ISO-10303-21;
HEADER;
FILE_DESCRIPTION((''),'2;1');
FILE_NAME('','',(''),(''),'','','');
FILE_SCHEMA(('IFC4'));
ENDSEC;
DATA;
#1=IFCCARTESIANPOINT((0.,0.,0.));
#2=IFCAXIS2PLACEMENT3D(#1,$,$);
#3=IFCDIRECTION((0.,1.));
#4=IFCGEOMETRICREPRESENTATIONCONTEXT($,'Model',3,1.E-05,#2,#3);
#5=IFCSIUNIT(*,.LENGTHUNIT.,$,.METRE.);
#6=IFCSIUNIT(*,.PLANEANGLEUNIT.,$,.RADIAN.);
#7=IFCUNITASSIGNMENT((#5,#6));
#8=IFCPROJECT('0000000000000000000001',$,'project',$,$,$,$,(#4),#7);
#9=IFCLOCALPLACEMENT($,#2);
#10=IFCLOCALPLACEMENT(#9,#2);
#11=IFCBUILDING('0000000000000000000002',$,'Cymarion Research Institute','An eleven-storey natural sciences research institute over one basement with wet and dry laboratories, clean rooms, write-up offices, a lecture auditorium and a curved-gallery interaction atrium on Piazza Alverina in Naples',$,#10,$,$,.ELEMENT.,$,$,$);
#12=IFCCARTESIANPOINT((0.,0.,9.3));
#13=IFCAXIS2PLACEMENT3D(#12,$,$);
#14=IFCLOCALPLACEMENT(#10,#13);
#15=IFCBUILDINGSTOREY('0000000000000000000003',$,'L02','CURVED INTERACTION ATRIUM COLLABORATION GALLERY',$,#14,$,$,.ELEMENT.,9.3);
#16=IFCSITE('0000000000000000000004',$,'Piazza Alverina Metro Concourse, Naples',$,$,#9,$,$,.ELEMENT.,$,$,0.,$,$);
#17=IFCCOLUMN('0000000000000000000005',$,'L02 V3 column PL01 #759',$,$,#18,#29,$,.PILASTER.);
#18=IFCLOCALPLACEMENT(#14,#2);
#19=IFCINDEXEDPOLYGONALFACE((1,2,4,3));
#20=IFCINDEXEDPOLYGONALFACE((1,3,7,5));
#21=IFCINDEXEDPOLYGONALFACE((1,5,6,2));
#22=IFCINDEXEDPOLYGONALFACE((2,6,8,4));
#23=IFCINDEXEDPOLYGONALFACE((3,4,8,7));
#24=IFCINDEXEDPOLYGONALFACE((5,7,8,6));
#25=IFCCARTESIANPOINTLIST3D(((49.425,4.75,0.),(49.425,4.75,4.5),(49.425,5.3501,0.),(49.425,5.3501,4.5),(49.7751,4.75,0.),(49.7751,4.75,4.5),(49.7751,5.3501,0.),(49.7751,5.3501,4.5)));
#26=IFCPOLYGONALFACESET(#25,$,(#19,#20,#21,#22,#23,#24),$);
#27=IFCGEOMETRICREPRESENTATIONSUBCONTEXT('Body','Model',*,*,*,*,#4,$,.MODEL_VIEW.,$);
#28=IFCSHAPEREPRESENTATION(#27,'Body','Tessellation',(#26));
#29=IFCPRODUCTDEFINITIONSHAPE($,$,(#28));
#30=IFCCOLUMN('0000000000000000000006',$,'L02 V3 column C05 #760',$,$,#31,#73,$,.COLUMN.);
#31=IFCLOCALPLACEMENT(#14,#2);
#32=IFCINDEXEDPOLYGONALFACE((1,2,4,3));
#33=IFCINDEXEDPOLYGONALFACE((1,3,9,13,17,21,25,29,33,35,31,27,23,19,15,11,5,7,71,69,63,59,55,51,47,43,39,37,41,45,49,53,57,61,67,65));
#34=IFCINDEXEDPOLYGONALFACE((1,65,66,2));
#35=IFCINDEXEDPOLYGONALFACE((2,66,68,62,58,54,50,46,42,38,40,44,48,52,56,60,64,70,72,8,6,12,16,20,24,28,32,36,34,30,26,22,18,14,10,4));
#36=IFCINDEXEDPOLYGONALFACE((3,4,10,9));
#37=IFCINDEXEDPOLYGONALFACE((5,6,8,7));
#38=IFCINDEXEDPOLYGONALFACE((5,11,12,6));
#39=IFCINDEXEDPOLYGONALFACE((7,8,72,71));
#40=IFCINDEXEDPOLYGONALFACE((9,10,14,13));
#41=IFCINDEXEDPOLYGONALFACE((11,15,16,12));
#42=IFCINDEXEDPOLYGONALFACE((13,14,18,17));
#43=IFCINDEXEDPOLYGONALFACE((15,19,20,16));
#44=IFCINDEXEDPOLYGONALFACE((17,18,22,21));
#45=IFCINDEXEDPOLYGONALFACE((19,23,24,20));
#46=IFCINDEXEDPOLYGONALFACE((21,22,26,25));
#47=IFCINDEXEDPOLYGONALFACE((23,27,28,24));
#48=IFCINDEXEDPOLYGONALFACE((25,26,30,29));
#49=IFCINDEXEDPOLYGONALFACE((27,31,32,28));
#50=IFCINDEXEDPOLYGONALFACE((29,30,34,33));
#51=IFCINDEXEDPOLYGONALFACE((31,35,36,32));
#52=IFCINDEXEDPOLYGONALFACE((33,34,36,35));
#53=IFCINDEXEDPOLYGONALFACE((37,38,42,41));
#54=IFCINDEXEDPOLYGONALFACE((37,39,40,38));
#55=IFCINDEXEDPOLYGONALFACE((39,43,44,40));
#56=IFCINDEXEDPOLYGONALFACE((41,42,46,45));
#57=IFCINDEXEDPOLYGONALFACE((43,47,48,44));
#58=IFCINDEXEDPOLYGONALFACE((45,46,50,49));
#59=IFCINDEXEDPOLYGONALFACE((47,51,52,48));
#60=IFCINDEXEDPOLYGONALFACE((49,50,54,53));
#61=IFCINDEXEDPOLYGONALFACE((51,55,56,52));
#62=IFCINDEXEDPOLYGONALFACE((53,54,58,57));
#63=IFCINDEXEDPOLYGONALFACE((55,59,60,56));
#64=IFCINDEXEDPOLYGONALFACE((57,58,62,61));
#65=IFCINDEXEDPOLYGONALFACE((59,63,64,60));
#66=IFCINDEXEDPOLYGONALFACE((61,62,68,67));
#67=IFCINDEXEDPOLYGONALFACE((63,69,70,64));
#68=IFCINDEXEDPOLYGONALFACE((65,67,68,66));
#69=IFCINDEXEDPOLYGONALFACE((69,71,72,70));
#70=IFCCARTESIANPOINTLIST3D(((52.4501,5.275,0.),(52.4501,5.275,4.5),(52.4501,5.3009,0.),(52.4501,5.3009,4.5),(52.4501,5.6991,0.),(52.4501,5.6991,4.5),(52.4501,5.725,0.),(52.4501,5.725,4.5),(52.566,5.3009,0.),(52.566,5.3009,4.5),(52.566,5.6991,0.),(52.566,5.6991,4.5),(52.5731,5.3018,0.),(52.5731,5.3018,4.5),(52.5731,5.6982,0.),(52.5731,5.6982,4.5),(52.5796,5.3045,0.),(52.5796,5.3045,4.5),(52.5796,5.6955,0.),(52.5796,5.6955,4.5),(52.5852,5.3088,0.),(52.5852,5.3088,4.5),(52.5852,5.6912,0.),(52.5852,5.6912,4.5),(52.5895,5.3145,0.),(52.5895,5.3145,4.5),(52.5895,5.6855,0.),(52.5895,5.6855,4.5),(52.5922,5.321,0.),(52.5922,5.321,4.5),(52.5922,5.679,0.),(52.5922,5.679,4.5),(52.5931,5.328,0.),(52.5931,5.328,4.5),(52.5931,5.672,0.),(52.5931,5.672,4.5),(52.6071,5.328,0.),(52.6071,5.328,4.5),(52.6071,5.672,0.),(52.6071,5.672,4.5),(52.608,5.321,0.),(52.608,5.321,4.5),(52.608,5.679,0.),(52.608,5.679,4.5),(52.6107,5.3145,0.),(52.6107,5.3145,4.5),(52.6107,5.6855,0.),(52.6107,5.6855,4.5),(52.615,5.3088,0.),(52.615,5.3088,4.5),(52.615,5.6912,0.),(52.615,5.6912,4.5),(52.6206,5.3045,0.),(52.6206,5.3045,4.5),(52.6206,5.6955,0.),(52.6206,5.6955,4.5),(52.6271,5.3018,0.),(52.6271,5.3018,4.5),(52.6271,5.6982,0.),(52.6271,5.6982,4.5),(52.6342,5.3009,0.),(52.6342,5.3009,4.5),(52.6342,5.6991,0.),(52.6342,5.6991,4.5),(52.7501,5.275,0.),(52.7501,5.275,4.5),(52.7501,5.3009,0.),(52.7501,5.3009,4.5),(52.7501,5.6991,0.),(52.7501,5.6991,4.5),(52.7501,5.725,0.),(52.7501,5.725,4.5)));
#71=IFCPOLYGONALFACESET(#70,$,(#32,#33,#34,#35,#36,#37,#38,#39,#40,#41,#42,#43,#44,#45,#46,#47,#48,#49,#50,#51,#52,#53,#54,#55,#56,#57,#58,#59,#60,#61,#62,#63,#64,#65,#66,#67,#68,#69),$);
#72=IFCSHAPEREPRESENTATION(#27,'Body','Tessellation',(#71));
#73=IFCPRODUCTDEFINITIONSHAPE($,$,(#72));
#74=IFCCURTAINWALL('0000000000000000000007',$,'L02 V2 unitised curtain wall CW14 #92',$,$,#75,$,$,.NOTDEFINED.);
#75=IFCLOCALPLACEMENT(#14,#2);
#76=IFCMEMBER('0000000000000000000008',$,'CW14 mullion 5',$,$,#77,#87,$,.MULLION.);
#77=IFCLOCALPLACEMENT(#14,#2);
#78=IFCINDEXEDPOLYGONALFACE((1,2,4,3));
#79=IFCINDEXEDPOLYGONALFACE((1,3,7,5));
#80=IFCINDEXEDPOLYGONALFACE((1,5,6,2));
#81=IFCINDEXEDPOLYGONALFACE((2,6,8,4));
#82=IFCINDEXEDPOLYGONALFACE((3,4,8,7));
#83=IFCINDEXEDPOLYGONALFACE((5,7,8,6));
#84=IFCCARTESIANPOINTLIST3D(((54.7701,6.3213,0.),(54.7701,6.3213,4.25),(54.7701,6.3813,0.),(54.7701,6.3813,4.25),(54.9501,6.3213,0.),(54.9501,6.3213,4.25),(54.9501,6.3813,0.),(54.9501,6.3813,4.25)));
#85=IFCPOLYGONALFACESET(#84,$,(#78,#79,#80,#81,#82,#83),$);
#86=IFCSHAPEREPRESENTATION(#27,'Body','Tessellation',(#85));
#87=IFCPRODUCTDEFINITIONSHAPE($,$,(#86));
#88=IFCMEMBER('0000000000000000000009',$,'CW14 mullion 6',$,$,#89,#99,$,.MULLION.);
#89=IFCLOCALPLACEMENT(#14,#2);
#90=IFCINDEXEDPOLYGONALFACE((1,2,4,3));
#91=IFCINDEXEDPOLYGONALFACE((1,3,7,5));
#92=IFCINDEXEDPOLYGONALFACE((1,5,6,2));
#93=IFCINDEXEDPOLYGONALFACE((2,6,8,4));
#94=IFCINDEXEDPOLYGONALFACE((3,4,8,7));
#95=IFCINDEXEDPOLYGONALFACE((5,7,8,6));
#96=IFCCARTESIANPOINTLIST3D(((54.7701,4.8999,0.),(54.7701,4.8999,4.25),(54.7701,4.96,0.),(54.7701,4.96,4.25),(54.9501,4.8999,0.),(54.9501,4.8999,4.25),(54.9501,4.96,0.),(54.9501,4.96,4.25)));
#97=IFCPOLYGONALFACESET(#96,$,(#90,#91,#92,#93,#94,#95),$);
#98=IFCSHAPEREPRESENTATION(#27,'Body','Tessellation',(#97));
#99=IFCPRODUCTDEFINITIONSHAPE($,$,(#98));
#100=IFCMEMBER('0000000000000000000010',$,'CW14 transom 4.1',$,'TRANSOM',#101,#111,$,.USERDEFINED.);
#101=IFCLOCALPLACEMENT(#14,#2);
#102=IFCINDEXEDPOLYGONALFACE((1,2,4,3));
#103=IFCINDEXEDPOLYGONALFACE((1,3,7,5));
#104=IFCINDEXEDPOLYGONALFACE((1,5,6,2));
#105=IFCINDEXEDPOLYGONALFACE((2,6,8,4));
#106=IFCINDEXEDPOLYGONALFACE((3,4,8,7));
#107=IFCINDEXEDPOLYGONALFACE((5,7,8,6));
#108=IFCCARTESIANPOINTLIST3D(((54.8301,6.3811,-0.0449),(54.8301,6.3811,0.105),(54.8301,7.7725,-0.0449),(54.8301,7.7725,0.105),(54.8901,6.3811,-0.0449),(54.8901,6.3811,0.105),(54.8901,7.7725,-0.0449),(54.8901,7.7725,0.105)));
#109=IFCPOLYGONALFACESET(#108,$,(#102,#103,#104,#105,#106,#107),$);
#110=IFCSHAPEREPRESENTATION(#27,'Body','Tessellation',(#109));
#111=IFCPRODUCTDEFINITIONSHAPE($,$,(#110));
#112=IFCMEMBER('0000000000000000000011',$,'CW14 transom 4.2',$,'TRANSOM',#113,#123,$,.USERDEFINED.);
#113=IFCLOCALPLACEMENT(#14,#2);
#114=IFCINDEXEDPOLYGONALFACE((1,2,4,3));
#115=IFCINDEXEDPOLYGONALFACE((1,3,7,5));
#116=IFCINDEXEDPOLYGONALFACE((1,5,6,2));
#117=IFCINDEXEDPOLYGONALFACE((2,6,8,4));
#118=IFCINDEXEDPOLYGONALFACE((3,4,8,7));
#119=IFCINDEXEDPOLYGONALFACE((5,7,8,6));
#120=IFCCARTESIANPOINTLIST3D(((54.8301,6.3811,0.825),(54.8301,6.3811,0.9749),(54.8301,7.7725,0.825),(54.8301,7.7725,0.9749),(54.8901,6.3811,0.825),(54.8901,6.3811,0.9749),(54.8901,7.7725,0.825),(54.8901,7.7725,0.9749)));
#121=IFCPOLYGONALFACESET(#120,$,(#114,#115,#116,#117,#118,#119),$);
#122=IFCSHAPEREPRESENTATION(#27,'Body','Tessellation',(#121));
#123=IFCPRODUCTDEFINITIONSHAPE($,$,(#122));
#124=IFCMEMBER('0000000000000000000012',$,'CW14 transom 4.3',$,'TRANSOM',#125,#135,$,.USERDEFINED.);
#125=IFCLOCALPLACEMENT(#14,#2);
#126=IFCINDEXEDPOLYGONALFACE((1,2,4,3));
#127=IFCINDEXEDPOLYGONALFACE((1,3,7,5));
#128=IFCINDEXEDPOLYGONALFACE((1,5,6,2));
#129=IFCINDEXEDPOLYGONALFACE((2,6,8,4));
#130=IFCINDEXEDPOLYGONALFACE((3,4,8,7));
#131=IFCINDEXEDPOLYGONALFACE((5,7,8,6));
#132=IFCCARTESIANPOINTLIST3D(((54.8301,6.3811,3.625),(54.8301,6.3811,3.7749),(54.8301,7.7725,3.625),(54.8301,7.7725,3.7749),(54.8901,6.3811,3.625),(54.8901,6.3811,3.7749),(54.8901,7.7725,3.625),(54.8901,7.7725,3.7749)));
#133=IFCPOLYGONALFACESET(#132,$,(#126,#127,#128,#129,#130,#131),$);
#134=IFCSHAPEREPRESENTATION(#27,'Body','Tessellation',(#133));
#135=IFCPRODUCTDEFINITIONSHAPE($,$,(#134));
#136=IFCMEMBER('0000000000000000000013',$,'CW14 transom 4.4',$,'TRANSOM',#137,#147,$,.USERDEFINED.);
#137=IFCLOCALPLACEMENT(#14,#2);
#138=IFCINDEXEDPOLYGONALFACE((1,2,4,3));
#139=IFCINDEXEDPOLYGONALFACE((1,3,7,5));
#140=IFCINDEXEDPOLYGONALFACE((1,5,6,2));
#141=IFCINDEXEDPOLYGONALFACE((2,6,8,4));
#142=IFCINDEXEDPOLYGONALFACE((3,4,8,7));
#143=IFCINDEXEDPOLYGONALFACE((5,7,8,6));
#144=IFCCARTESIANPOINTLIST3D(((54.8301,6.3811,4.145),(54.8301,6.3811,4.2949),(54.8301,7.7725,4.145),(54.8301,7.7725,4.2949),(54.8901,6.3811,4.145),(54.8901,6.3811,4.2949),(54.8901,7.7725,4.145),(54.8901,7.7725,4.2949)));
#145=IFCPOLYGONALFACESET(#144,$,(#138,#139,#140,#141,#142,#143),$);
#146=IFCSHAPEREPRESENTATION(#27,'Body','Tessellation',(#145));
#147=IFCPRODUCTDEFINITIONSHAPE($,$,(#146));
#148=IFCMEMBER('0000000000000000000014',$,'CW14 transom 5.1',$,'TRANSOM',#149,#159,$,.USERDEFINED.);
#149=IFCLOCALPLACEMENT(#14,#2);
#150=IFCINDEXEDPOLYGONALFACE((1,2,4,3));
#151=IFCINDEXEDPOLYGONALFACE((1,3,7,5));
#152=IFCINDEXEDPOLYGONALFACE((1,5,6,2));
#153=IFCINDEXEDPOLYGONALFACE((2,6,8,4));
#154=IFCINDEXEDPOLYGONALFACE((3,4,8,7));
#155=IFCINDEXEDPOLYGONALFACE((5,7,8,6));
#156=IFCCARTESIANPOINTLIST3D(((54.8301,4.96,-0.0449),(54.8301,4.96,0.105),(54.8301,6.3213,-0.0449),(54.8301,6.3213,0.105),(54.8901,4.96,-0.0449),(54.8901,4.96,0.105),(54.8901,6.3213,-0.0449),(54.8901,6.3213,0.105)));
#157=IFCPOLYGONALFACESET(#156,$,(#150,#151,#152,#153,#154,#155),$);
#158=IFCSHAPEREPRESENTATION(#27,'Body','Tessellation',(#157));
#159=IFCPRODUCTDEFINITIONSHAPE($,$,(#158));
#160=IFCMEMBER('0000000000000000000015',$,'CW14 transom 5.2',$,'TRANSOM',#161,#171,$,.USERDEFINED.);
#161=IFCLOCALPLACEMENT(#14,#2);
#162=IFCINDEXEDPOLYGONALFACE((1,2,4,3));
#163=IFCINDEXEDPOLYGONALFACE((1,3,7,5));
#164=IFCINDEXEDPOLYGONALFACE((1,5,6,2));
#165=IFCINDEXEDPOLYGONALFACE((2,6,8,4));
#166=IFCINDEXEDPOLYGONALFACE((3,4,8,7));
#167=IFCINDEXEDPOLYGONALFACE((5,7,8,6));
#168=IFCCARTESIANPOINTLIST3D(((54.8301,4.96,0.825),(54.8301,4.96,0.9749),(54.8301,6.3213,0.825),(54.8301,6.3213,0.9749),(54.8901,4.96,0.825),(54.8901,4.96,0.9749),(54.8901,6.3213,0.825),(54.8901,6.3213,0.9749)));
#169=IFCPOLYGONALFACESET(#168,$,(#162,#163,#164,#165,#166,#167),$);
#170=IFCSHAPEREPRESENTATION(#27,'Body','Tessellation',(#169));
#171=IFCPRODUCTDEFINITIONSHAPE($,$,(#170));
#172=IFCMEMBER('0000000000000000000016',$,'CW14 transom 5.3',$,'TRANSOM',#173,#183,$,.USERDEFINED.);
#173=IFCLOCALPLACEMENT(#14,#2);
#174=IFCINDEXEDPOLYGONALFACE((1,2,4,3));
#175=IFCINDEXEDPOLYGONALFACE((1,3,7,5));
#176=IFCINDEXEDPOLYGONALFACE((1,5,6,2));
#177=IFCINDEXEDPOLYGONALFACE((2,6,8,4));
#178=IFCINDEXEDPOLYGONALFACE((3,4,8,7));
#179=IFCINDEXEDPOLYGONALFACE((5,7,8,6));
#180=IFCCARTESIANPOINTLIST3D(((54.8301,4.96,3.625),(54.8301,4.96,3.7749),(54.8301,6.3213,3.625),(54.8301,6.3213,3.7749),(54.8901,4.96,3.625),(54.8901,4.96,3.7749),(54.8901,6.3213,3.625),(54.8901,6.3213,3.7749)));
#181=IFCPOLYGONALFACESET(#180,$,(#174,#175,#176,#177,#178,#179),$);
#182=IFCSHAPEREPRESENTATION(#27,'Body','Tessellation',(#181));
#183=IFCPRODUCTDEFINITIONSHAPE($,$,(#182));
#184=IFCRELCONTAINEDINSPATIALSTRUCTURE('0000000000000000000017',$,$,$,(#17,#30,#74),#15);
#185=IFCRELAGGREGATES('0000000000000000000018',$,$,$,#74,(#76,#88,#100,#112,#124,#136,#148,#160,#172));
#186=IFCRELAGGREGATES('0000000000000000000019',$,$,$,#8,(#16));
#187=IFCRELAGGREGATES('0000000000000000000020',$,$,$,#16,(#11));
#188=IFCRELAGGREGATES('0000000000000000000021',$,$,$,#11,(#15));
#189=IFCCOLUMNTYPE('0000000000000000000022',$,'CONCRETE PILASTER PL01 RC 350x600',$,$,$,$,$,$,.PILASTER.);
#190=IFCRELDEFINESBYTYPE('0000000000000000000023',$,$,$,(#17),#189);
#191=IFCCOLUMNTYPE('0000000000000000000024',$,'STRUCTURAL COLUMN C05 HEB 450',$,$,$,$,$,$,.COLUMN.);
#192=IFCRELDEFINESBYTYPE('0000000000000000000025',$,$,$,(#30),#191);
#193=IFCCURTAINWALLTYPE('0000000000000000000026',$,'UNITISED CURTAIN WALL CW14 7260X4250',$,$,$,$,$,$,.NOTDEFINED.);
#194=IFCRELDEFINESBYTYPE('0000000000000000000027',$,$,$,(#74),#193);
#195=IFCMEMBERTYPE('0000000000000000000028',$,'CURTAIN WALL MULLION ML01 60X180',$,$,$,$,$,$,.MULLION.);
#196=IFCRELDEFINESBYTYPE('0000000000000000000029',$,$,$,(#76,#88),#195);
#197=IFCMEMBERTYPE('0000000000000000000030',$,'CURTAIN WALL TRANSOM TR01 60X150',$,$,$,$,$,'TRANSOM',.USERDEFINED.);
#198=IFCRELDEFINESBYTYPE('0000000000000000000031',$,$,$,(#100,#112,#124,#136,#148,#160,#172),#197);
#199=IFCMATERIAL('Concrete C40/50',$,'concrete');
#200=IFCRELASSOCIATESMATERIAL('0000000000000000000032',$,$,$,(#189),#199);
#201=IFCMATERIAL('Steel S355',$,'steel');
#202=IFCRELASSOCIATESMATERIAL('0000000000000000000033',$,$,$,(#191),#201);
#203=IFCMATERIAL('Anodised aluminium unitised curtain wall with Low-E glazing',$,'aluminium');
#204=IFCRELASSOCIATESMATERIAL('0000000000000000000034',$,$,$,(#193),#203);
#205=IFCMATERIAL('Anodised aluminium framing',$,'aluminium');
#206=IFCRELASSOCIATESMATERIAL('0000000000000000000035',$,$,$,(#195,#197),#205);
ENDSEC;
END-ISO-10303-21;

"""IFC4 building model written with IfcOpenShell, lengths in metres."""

from ifc_helpers import new_model, si_unit, direction, frame, origin, origin_2d, place, context, subcontext, project, spatial, rectangle, i_section, extrude, material, material_profile, profile_set, type_object, element, aggregate, save


model = new_model("IFC4")

# Units and contexts
model_context = context("Model", 3, precision=1e-05, world=origin(), true_north=direction((0.0, 1.0)))
body_context = subcontext(model_context, "Body", "Model", "MODEL_VIEW")
ifc_project = project(units=[si_unit("LENGTHUNIT", "METRE"), si_unit("PLANEANGLEUNIT", "RADIAN")], contexts=[model_context])

# Site, building, storey
site_placement = place(None, origin())
site = spatial("IfcSite", under=ifc_project, at=site_placement, Name="Piazza Alverina Metro Concourse, Naples", CompositionType="ELEMENT", RefElevation=0.0)
building_placement = place(site_placement, origin())
building = spatial("IfcBuilding", under=site, at=building_placement, Name="Cymarion Research Institute", Description="An eleven-storey natural sciences research institute over one basement with wet and dry laboratories, clean rooms, write-up offices, a lecture auditorium and a curved-gallery interaction atrium on Piazza Alverina in Naples", CompositionType="ELEMENT")
storey_placement = place(building_placement, frame((0.0, 0.0, 9.3)))
storey = spatial("IfcBuildingStorey", under=building, at=storey_placement, Name="L02", Description="CURVED INTERACTION ATRIUM COLLABORATION GALLERY", CompositionType="ELEMENT", Elevation=9.3)

# Columns
ifc_material_1 = material(Name="Concrete C40/50", Category="concrete")
ifc_material_profile_1 = material_profile(ifc_material_1, rectangle(XDim=0.3501, YDim=0.6001, at=origin_2d()), Name="RC 350x600")
ifc_profile_set_1 = profile_set([ifc_material_profile_1], Name="Concrete C40/50")
column_type_1 = type_object("IfcColumnType", Name="CONCRETE PILASTER PL01 RC 350x600", PredefinedType="PILASTER", material=ifc_profile_set_1)
column_1_placement = place(storey_placement, frame((49.6001, 5.05, 0.0), z_axis=(0.0, 0.0, 1.0), x_axis=(1.0, 0.0, 0.0)))
element("IfcColumn", 1, at=column_1_placement, inside=storey, type_object=column_type_1, Name="L02 V3 column PL01 #759", PredefinedType="PILASTER", context=body_context, shape_type="SweptSolid", body=[
    extrude(rectangle(XDim=0.3501, YDim=0.6001, at=origin_2d()), origin(), (0.0, 0.0, 1.0), 4.5),
])
ifc_material_2 = material(Name="Steel S355", Category="steel")
ifc_material_profile_2 = material_profile(ifc_material_2, i_section(OverallWidth=0.3, OverallDepth=0.45, WebThickness=0.0139, FlangeThickness=0.0259, FilletRadius=0.0271, at=origin_2d()), Name="HEB 450")
ifc_profile_set_2 = profile_set([ifc_material_profile_2], Name="Steel S355")
column_type_2 = type_object("IfcColumnType", Name="STRUCTURAL COLUMN C05 HEB 450", PredefinedType="COLUMN", material=ifc_profile_set_2)
column_2_placement = place(storey_placement, frame((52.6001, 5.5, 0.0), z_axis=(0.0, 0.0, 1.0), x_axis=(1.0, 0.0, 0.0)))
element("IfcColumn", 2, at=column_2_placement, inside=storey, type_object=column_type_2, Name="L02 V3 column C05 #760", PredefinedType="COLUMN", context=body_context, shape_type="SweptSolid", body=[
    extrude(i_section(OverallWidth=0.3, OverallDepth=0.45, WebThickness=0.0139, FlangeThickness=0.0259, FilletRadius=0.0271, at=origin_2d()), origin(), (0.0, 0.0, 1.0), 4.5),
])

# Curtain wall, members
ifc_material_3 = material(Name="Anodised aluminium unitised curtain wall with Low-E glazing", Category="aluminium")
curtain_wall_type = type_object("IfcCurtainWallType", Name="UNITISED CURTAIN WALL CW14 7260X4250", PredefinedType="NOTDEFINED", material=ifc_material_3)
curtain_wall_placement = place(storey_placement, origin())
curtain_wall = element("IfcCurtainWall", 3, at=curtain_wall_placement, inside=storey, type_object=curtain_wall_type, Name="L02 V2 unitised curtain wall CW14 #92", PredefinedType="NOTDEFINED")
ifc_material_4 = material(Name="Anodised aluminium framing", Category="aluminium")
ifc_material_profile_3 = material_profile(ifc_material_4, rectangle(XDim=0.0601, YDim=0.1799, at=origin_2d()), Name="ALU MULLION 60x180")
ifc_profile_set_3 = profile_set([ifc_material_profile_3], Name="Anodised aluminium framing")
member_type_1 = type_object("IfcMemberType", Name="CURTAIN WALL MULLION ML01 60X180", PredefinedType="MULLION", material=ifc_profile_set_3)
member_1_placement = place(storey_placement, frame((54.8601, 6.3513, 0.0), z_axis=(0.0, 0.0, 1.0), x_axis=(0.0, -1.0, 0.0)))
member_1 = element("IfcMember", 4, at=member_1_placement, type_object=member_type_1, Name="CW14 mullion 5", PredefinedType="MULLION", context=body_context, shape_type="SweptSolid", body=[
    extrude(rectangle(XDim=0.0601, YDim=0.1799, at=origin_2d()), origin(), (0.0, 0.0, 1.0), 4.25),
])
member_2_placement = place(storey_placement, frame((54.8601, 4.9299, 0.0), z_axis=(0.0, 0.0, 1.0), x_axis=(0.0, -1.0, 0.0)))
member_2 = element("IfcMember", 5, at=member_2_placement, type_object=member_type_1, Name="CW14 mullion 6", PredefinedType="MULLION", context=body_context, shape_type="SweptSolid", body=[
    extrude(rectangle(XDim=0.0601, YDim=0.1799, at=origin_2d()), origin(), (0.0, 0.0, 1.0), 4.25),
])
ifc_material_profile_4 = material_profile(ifc_material_4, rectangle(XDim=0.0601, YDim=0.1499, at=origin_2d()), Name="ALU TRANSOM 60x150")
ifc_profile_set_4 = profile_set([ifc_material_profile_4], Name="Anodised aluminium framing")
member_type_2 = type_object("IfcMemberType", Name="CURTAIN WALL TRANSOM TR01 60X150", ElementType="TRANSOM", PredefinedType="USERDEFINED", material=ifc_profile_set_4)
member_3_placement = place(storey_placement, frame((54.8601, 7.7725, 0.03), z_axis=(0.0, -1.0, 0.0), x_axis=(1.0, 0.0, 0.0)))
member_3 = element("IfcMember", 6, at=member_3_placement, type_object=member_type_2, Name="CW14 transom 4.1", ObjectType="TRANSOM", PredefinedType="USERDEFINED", context=body_context, shape_type="SweptSolid", body=[
    extrude(rectangle(XDim=0.0601, YDim=0.1499, at=origin_2d()), origin(), (0.0, 0.0, 1.0), 1.3914),
])
member_4_placement = place(storey_placement, frame((54.8601, 7.7725, 0.8999), z_axis=(0.0, -1.0, 0.0), x_axis=(1.0, 0.0, 0.0)))
member_4 = element("IfcMember", 7, at=member_4_placement, type_object=member_type_2, Name="CW14 transom 4.2", ObjectType="TRANSOM", PredefinedType="USERDEFINED", context=body_context, shape_type="SweptSolid", body=[
    extrude(rectangle(XDim=0.0601, YDim=0.1499, at=origin_2d()), origin(), (0.0, 0.0, 1.0), 1.3914),
])
member_5_placement = place(storey_placement, frame((54.8601, 7.7725, 3.7), z_axis=(0.0, -1.0, 0.0), x_axis=(1.0, 0.0, 0.0)))
member_5 = element("IfcMember", 8, at=member_5_placement, type_object=member_type_2, Name="CW14 transom 4.3", ObjectType="TRANSOM", PredefinedType="USERDEFINED", context=body_context, shape_type="SweptSolid", body=[
    extrude(rectangle(XDim=0.0601, YDim=0.1499, at=origin_2d()), origin(), (0.0, 0.0, 1.0), 1.3914),
])
member_6_placement = place(storey_placement, frame((54.8601, 7.7725, 4.22), z_axis=(0.0, -1.0, 0.0), x_axis=(1.0, 0.0, 0.0)))
member_6 = element("IfcMember", 9, at=member_6_placement, type_object=member_type_2, Name="CW14 transom 4.4", ObjectType="TRANSOM", PredefinedType="USERDEFINED", context=body_context, shape_type="SweptSolid", body=[
    extrude(rectangle(XDim=0.0601, YDim=0.1499, at=origin_2d()), origin(), (0.0, 0.0, 1.0), 1.3914),
])
member_7_placement = place(storey_placement, frame((54.8601, 6.3213, 0.03), z_axis=(0.0, -1.0, 0.0), x_axis=(1.0, 0.0, 0.0)))
member_7 = element("IfcMember", 10, at=member_7_placement, type_object=member_type_2, Name="CW14 transom 5.1", ObjectType="TRANSOM", PredefinedType="USERDEFINED", context=body_context, shape_type="SweptSolid", body=[
    extrude(rectangle(XDim=0.0601, YDim=0.1499, at=origin_2d()), origin(), (0.0, 0.0, 1.0), 1.3613),
])
member_8_placement = place(storey_placement, frame((54.8601, 6.3213, 0.8999), z_axis=(0.0, -1.0, 0.0), x_axis=(1.0, 0.0, 0.0)))
member_8 = element("IfcMember", 11, at=member_8_placement, type_object=member_type_2, Name="CW14 transom 5.2", ObjectType="TRANSOM", PredefinedType="USERDEFINED", context=body_context, shape_type="SweptSolid", body=[
    extrude(rectangle(XDim=0.0601, YDim=0.1499, at=origin_2d()), origin(), (0.0, 0.0, 1.0), 1.3613),
])
member_9_placement = place(storey_placement, frame((54.8601, 6.3213, 3.7), z_axis=(0.0, -1.0, 0.0), x_axis=(1.0, 0.0, 0.0)))
member_9 = element("IfcMember", 12, at=member_9_placement, type_object=member_type_2, Name="CW14 transom 5.3", ObjectType="TRANSOM", PredefinedType="USERDEFINED", context=body_context, shape_type="SweptSolid", body=[
    extrude(rectangle(XDim=0.0601, YDim=0.1499, at=origin_2d()), origin(), (0.0, 0.0, 1.0), 1.3613),
])

aggregate(curtain_wall, [member_1, member_2, member_3, member_4, member_5, member_6, member_7, member_8, member_9])

save(model, "model.ifc")
